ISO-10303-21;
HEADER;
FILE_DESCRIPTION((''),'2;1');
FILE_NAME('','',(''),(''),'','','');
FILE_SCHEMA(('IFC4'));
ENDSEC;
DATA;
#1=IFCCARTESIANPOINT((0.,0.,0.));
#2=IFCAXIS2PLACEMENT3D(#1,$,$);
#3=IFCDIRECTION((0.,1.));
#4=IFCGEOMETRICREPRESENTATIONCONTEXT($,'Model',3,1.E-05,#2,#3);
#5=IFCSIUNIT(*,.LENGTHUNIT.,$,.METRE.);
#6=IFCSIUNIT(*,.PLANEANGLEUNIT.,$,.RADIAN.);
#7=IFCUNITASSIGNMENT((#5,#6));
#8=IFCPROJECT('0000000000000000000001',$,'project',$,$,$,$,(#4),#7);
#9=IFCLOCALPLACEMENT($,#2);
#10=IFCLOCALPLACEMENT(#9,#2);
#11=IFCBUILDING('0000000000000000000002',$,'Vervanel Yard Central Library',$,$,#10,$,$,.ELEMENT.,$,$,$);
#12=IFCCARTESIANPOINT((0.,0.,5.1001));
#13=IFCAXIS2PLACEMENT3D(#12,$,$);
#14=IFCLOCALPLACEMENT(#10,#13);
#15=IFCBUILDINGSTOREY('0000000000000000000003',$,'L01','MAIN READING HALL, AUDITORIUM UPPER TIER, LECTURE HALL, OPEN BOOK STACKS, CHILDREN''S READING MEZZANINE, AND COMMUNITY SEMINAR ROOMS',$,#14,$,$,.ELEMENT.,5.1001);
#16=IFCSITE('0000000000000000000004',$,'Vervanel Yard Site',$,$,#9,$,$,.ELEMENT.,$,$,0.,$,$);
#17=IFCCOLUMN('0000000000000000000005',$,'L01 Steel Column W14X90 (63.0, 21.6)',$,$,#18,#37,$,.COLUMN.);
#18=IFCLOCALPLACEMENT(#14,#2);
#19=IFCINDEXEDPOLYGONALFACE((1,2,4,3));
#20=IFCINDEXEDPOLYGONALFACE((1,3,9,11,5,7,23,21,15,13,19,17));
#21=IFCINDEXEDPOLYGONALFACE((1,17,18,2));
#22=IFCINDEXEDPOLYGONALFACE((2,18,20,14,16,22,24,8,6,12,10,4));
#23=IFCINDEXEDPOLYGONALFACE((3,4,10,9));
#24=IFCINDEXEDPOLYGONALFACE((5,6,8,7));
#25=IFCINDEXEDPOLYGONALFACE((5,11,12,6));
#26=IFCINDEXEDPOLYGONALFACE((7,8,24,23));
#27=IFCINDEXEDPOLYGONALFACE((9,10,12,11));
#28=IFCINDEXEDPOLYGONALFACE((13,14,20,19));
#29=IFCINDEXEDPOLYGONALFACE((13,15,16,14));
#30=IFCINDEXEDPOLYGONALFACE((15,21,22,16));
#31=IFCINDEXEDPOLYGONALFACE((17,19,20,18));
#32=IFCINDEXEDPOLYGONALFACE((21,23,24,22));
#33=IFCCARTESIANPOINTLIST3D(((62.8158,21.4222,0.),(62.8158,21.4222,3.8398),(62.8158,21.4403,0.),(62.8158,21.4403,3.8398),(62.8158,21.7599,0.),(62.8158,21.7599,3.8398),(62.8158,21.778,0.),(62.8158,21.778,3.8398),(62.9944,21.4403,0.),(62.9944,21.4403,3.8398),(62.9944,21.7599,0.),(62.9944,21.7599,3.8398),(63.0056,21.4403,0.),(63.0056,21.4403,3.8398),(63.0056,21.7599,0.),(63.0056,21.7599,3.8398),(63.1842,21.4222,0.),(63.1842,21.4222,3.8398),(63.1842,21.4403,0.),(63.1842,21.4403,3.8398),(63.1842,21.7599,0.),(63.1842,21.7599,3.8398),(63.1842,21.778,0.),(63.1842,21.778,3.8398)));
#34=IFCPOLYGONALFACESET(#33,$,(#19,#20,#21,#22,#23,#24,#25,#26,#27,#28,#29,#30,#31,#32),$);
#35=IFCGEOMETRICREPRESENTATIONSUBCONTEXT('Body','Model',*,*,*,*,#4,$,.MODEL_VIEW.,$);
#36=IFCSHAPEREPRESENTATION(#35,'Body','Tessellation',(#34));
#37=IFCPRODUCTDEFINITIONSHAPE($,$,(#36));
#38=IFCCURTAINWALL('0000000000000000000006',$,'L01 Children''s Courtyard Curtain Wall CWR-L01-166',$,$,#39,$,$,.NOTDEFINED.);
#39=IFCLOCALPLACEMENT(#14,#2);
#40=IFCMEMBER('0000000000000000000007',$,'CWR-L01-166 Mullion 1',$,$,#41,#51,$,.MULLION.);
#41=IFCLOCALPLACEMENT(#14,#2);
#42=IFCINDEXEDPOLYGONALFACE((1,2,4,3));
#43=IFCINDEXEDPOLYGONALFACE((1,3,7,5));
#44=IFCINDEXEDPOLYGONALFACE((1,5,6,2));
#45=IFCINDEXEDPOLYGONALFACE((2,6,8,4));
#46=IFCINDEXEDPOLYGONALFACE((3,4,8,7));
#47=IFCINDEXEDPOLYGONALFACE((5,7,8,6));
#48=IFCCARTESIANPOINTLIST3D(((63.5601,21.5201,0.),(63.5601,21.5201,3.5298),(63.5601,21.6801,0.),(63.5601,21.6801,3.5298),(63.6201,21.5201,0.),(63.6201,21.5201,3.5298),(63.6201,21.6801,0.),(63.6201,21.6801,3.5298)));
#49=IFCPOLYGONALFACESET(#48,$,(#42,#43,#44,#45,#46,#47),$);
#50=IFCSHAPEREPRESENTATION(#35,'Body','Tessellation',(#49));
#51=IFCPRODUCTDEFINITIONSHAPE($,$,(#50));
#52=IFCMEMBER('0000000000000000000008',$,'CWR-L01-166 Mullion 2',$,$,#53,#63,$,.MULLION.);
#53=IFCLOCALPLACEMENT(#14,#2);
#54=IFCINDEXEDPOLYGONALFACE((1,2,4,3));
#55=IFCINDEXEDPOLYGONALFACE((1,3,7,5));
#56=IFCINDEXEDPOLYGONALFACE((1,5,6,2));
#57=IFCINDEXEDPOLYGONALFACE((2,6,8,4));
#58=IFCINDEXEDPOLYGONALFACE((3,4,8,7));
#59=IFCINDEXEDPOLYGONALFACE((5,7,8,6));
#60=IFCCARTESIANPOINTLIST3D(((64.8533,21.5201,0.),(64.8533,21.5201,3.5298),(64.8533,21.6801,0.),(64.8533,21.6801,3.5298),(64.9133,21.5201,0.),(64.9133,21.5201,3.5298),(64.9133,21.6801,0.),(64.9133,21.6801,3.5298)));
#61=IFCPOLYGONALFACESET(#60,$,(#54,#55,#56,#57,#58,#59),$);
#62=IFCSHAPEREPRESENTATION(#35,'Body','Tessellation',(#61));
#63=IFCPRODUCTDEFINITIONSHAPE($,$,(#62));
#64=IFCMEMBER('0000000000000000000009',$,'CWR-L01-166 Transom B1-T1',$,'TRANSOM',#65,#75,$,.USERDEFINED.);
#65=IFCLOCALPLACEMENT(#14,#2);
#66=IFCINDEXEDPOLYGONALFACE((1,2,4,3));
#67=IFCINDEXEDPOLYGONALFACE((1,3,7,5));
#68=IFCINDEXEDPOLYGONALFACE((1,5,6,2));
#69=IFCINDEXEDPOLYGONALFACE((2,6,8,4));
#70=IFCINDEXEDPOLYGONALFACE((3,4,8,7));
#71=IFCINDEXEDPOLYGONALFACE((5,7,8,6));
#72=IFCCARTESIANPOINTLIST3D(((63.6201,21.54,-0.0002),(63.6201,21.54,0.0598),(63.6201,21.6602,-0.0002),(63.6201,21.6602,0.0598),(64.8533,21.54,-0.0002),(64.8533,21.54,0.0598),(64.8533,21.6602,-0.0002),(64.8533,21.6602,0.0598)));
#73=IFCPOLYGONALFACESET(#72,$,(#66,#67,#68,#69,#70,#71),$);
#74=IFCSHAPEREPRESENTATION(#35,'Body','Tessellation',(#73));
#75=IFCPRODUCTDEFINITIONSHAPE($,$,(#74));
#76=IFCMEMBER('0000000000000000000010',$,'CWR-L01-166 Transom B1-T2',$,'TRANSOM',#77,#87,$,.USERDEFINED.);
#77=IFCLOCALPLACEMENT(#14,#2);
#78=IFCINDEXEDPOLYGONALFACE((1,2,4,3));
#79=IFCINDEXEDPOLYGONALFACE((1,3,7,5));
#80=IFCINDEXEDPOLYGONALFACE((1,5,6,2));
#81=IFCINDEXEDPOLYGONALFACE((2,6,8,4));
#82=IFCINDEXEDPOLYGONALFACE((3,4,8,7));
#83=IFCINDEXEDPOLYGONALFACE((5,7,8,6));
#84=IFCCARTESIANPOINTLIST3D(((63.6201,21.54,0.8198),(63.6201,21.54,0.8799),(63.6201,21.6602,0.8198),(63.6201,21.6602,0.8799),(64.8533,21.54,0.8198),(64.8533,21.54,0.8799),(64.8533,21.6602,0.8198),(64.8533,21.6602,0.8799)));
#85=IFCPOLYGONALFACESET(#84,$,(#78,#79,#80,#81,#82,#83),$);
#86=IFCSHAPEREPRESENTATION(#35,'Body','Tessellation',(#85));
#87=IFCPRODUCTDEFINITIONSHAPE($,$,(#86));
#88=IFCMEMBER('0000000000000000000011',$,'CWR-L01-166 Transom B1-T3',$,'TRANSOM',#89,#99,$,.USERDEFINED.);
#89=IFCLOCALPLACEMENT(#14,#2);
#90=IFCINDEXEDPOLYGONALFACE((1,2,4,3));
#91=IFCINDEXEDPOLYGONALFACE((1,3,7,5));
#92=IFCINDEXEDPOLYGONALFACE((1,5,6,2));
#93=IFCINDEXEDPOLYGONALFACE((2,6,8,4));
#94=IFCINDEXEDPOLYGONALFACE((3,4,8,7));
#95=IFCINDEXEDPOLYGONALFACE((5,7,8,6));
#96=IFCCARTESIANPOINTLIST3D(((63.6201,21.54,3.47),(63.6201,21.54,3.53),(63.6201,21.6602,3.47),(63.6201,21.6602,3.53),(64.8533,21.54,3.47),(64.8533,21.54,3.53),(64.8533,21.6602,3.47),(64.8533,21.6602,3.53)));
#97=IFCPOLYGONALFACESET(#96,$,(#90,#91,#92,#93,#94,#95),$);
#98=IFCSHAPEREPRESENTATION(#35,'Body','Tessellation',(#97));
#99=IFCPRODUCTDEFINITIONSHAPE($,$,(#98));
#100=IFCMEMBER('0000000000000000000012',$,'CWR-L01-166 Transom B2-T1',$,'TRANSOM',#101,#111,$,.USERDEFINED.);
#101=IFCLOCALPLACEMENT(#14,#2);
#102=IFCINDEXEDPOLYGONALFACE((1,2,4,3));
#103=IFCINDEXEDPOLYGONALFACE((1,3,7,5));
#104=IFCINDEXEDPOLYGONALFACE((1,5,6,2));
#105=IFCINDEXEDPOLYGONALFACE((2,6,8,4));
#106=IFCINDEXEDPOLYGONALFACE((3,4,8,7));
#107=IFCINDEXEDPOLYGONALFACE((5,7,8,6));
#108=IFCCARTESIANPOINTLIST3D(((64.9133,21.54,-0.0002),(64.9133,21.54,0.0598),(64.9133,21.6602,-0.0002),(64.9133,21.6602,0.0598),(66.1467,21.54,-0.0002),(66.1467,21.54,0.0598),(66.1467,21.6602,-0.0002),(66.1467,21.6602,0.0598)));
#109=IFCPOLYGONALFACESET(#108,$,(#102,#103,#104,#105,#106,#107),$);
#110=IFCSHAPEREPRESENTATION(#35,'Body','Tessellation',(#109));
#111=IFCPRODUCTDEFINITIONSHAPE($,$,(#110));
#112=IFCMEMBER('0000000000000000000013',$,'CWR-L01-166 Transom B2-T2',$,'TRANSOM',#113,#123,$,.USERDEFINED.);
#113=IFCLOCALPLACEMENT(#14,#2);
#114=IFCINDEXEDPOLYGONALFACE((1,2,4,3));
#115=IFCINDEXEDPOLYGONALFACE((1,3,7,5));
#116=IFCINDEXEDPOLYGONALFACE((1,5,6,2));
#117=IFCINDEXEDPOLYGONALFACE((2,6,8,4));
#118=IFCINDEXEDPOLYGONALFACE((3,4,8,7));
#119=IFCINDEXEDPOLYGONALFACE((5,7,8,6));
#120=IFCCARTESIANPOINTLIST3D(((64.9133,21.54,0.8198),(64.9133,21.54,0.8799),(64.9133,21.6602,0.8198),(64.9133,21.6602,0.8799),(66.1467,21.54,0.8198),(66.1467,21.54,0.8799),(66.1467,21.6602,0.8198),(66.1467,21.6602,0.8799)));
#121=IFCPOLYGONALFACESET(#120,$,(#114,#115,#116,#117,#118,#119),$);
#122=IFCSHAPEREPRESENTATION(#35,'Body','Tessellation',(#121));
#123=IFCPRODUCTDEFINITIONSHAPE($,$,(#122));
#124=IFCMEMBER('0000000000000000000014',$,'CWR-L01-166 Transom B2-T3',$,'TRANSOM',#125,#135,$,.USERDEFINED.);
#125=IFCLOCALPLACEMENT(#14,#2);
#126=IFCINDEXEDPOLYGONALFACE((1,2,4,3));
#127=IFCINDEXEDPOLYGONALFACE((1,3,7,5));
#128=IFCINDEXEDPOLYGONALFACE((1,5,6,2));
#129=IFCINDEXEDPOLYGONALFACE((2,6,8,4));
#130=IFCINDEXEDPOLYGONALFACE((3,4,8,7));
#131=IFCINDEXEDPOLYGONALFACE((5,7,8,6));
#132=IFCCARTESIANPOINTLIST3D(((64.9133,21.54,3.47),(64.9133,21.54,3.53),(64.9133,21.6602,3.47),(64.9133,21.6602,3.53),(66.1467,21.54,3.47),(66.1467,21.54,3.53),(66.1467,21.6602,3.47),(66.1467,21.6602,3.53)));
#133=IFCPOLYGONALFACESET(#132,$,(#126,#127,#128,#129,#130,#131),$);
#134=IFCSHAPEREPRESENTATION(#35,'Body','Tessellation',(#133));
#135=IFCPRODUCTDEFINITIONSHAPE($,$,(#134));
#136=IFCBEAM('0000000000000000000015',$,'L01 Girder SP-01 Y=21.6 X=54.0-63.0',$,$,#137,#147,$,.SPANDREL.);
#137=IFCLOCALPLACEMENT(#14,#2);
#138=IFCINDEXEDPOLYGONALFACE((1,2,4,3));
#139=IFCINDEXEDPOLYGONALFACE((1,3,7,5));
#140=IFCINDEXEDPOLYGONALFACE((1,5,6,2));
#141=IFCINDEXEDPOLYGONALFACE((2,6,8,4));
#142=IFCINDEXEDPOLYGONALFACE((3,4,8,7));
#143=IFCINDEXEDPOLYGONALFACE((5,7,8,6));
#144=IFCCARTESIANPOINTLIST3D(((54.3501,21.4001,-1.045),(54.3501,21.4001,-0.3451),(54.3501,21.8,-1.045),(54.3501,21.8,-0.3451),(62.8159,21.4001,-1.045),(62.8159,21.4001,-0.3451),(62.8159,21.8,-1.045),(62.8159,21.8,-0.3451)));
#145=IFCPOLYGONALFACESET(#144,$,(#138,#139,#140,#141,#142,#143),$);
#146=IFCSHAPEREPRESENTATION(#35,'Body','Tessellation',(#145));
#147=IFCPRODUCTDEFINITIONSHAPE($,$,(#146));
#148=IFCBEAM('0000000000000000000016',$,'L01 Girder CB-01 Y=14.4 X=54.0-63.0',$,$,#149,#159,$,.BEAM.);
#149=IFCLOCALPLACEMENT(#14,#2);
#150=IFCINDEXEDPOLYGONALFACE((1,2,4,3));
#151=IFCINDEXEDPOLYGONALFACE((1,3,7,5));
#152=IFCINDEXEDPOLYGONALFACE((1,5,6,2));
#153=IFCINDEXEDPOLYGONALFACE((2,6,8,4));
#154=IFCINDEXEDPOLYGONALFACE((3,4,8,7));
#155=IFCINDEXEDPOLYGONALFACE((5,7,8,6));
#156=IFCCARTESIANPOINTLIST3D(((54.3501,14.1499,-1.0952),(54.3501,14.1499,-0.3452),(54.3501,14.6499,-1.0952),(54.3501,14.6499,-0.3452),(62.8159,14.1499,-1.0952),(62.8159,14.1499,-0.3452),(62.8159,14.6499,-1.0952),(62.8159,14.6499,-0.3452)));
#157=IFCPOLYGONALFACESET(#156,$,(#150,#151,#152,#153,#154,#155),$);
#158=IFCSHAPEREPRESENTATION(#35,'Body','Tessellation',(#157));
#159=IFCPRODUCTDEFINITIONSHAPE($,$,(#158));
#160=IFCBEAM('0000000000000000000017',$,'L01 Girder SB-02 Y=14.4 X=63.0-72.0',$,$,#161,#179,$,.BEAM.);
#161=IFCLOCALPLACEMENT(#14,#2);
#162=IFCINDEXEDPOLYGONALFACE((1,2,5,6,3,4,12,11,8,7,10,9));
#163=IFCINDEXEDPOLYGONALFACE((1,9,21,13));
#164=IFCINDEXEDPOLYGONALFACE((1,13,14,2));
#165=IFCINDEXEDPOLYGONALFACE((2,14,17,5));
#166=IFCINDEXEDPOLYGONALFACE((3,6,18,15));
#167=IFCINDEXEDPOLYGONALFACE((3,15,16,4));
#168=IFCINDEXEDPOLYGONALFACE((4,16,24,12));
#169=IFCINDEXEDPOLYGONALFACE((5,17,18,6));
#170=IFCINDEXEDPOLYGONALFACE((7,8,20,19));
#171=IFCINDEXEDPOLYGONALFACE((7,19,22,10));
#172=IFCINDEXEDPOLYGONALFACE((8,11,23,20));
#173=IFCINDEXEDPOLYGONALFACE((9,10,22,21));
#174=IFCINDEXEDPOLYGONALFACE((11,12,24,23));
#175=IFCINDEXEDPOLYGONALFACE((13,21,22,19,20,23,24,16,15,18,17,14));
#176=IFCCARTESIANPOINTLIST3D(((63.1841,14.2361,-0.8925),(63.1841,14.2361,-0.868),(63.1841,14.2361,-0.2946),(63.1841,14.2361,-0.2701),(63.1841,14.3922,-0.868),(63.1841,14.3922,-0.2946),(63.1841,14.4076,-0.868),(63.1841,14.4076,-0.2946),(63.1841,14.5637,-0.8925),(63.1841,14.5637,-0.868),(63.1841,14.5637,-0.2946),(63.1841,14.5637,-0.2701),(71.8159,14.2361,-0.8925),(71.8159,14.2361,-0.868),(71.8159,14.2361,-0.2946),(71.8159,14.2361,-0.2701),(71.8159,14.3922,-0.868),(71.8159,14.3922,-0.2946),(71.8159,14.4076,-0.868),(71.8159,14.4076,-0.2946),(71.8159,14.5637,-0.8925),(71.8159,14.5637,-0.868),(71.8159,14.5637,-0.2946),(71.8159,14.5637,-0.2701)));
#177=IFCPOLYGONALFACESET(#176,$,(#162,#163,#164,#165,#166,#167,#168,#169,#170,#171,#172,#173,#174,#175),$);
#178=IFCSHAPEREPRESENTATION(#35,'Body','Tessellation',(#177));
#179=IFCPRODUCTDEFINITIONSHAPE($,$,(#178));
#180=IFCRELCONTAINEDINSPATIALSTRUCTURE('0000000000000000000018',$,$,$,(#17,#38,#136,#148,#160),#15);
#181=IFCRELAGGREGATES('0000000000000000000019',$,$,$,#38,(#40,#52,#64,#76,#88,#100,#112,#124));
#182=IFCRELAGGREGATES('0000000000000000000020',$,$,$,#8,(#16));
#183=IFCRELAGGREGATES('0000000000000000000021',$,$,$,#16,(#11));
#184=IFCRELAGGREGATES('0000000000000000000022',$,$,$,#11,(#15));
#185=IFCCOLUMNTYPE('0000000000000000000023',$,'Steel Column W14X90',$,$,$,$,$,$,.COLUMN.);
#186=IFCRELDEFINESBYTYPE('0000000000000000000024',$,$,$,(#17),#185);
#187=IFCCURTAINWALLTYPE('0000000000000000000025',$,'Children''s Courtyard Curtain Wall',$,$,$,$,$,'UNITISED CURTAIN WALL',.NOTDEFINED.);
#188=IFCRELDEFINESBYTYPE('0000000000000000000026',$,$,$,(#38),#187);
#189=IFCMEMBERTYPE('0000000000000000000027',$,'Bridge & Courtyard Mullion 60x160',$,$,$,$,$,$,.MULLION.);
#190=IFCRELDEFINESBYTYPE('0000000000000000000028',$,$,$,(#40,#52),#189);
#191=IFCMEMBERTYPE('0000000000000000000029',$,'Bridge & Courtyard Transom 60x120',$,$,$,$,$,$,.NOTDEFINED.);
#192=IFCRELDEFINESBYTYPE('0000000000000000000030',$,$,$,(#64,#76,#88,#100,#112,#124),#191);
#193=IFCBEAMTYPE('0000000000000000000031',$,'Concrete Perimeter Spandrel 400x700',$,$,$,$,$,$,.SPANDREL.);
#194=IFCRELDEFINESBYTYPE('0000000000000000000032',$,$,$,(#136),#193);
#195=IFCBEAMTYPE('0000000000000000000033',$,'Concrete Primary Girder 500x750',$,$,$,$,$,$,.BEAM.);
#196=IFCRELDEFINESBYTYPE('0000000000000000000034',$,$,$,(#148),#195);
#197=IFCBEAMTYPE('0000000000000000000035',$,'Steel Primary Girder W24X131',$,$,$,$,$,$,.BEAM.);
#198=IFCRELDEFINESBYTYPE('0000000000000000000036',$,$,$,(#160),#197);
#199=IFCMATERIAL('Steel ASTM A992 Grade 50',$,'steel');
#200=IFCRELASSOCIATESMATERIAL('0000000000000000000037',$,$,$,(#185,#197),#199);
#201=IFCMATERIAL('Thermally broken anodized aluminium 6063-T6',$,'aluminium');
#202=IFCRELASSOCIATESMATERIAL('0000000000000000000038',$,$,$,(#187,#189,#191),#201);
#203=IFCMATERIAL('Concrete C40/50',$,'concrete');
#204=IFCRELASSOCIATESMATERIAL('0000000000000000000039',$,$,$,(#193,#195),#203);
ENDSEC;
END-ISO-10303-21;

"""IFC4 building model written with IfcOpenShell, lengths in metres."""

from ifc_helpers import new_model, si_unit, direction, frame, origin, origin_2d, place, context, subcontext, project, spatial, rectangle, i_section, extrude, material, material_profile, profile_set, type_object, element, aggregate, save


model = new_model("IFC4")

# Units and contexts
model_context = context("Model", 3, precision=1e-05, world=origin(), true_north=direction((0.0, 1.0)))
body_context = subcontext(model_context, "Body", "Model", "MODEL_VIEW")
ifc_project = project(units=[si_unit("LENGTHUNIT", "METRE"), si_unit("PLANEANGLEUNIT", "RADIAN")], contexts=[model_context])

# Site, building, storey
site_placement = place(None, origin())
site = spatial("IfcSite", under=ifc_project, at=site_placement, Name="Vervanel Yard Site", CompositionType="ELEMENT", RefElevation=0.0)
building_placement = place(site_placement, origin())
building = spatial("IfcBuilding", under=site, at=building_placement, Name="Vervanel Yard Central Library", CompositionType="ELEMENT")
storey_placement = place(building_placement, frame((0.0, 0.0, 5.1001)))
storey = spatial("IfcBuildingStorey", under=building, at=storey_placement, Name="L01", Description="MAIN READING HALL, AUDITORIUM UPPER TIER, LECTURE HALL, OPEN BOOK STACKS, CHILDREN'S READING MEZZANINE, AND COMMUNITY SEMINAR ROOMS", CompositionType="ELEMENT", Elevation=5.1001)

# Column
ifc_material_1 = material(Name="Steel ASTM A992 Grade 50", Category="steel")
ifc_material_profile_1 = material_profile(ifc_material_1, i_section(OverallWidth=0.3684, OverallDepth=0.3557, WebThickness=0.0112, FlangeThickness=0.0181, at=origin_2d()), Name="W14X90", Category="steel")
ifc_profile_set_1 = profile_set([ifc_material_profile_1], Name="Steel ASTM A992 Grade 50")
column_type = type_object("IfcColumnType", Name="Steel Column W14X90", PredefinedType="COLUMN", material=ifc_profile_set_1)
column_placement = place(storey_placement, frame((63.0, 21.6001, 0.0), z_axis=(0.0, 0.0, 1.0), x_axis=(1.0, 0.0, 0.0)))
element("IfcColumn", 1, at=column_placement, inside=storey, type_object=column_type, Name="L01 Steel Column W14X90 (63.0, 21.6)", PredefinedType="COLUMN", context=body_context, shape_type="SweptSolid", body=[
    extrude(i_section(OverallWidth=0.3684, OverallDepth=0.3557, WebThickness=0.0112, FlangeThickness=0.0181, at=origin_2d()), origin(), (0.0, 0.0, 1.0), 3.8398),
])

# Curtain wall, members
ifc_material_2 = material(Name="Thermally broken anodized aluminium 6063-T6", Category="aluminium")
curtain_wall_type = type_object("IfcCurtainWallType", Name="Children's Courtyard Curtain Wall", ElementType="UNITISED CURTAIN WALL", PredefinedType="NOTDEFINED", material=ifc_material_2)
curtain_wall_placement = place(storey_placement, origin())
curtain_wall = element("IfcCurtainWall", 2, at=curtain_wall_placement, inside=storey, type_object=curtain_wall_type, Name="L01 Children's Courtyard Curtain Wall CWR-L01-166", PredefinedType="NOTDEFINED")
ifc_material_profile_2 = material_profile(ifc_material_2, rectangle(XDim=0.0601, YDim=0.1599, at=origin_2d()), Name="ALU 60x160", Category="aluminium")
ifc_profile_set_2 = profile_set([ifc_material_profile_2], Name="Thermally broken anodized aluminium 6063-T6")
member_type_1 = type_object("IfcMemberType", Name="Bridge & Courtyard Mullion 60x160", PredefinedType="MULLION", material=ifc_profile_set_2)
member_1_placement = place(storey_placement, frame((63.5901, 21.6001, 0.0), z_axis=(0.0, 0.0, 1.0), x_axis=(1.0, 0.0, 0.0)))
member_1 = element("IfcMember", 3, at=member_1_placement, type_object=member_type_1, Name="CWR-L01-166 Mullion 1", PredefinedType="MULLION", context=body_context, shape_type="SweptSolid", body=[
    extrude(rectangle(XDim=0.0601, YDim=0.1599, at=origin_2d()), origin(), (0.0, 0.0, 1.0), 3.5298),
])
member_2_placement = place(storey_placement, frame((64.8833, 21.6001, 0.0), z_axis=(0.0, 0.0, 1.0), x_axis=(1.0, 0.0, 0.0)))
member_2 = element("IfcMember", 4, at=member_2_placement, type_object=member_type_1, Name="CWR-L01-166 Mullion 2", PredefinedType="MULLION", context=body_context, shape_type="SweptSolid", body=[
    extrude(rectangle(XDim=0.0601, YDim=0.1599, at=origin_2d()), origin(), (0.0, 0.0, 1.0), 3.5298),
])
ifc_material_profile_3 = material_profile(ifc_material_2, rectangle(XDim=0.0601, YDim=0.1201, at=origin_2d()), Name="ALU 60x120", Category="aluminium")
ifc_profile_set_3 = profile_set([ifc_material_profile_3], Name="Thermally broken anodized aluminium 6063-T6")
member_type_2 = type_object("IfcMemberType", Name="Bridge & Courtyard Transom 60x120", PredefinedType="NOTDEFINED", material=ifc_profile_set_3)
member_3_placement = place(storey_placement, frame((63.6201, 21.6001, 0.0298), z_axis=(1.0, 0.0, 0.0), x_axis=(0.0, 0.0, 1.0)))
member_3 = element("IfcMember", 5, at=member_3_placement, type_object=member_type_2, Name="CWR-L01-166 Transom B1-T1", ObjectType="TRANSOM", PredefinedType="USERDEFINED", context=body_context, shape_type="SweptSolid", body=[
    extrude(rectangle(XDim=0.0601, YDim=0.1201, at=origin_2d()), origin(), (0.0, 0.0, 1.0), 1.2332),
])
member_4_placement = place(storey_placement, frame((63.6201, 21.6001, 0.8499), z_axis=(1.0, 0.0, 0.0), x_axis=(0.0, 0.0, 1.0)))
member_4 = element("IfcMember", 6, at=member_4_placement, type_object=member_type_2, Name="CWR-L01-166 Transom B1-T2", ObjectType="TRANSOM", PredefinedType="USERDEFINED", context=body_context, shape_type="SweptSolid", body=[
    extrude(rectangle(XDim=0.0601, YDim=0.1201, at=origin_2d()), origin(), (0.0, 0.0, 1.0), 1.2332),
])
member_5_placement = place(storey_placement, frame((63.6201, 21.6001, 3.5), z_axis=(1.0, 0.0, 0.0), x_axis=(0.0, 0.0, 1.0)))
member_5 = element("IfcMember", 7, at=member_5_placement, type_object=member_type_2, Name="CWR-L01-166 Transom B1-T3", ObjectType="TRANSOM", PredefinedType="USERDEFINED", context=body_context, shape_type="SweptSolid", body=[
    extrude(rectangle(XDim=0.0601, YDim=0.1201, at=origin_2d()), origin(), (0.0, 0.0, 1.0), 1.2332),
])
member_6_placement = place(storey_placement, frame((64.9133, 21.6001, 0.0298), z_axis=(1.0, 0.0, 0.0), x_axis=(0.0, 0.0, 1.0)))
member_6 = element("IfcMember", 8, at=member_6_placement, type_object=member_type_2, Name="CWR-L01-166 Transom B2-T1", ObjectType="TRANSOM", PredefinedType="USERDEFINED", context=body_context, shape_type="SweptSolid", body=[
    extrude(rectangle(XDim=0.0601, YDim=0.1201, at=origin_2d()), origin(), (0.0, 0.0, 1.0), 1.2334),
])
member_7_placement = place(storey_placement, frame((64.9133, 21.6001, 0.8499), z_axis=(1.0, 0.0, 0.0), x_axis=(0.0, 0.0, 1.0)))
member_7 = element("IfcMember", 9, at=member_7_placement, type_object=member_type_2, Name="CWR-L01-166 Transom B2-T2", ObjectType="TRANSOM", PredefinedType="USERDEFINED", context=body_context, shape_type="SweptSolid", body=[
    extrude(rectangle(XDim=0.0601, YDim=0.1201, at=origin_2d()), origin(), (0.0, 0.0, 1.0), 1.2334),
])
member_8_placement = place(storey_placement, frame((64.9133, 21.6001, 3.5), z_axis=(1.0, 0.0, 0.0), x_axis=(0.0, 0.0, 1.0)))
member_8 = element("IfcMember", 10, at=member_8_placement, type_object=member_type_2, Name="CWR-L01-166 Transom B2-T3", ObjectType="TRANSOM", PredefinedType="USERDEFINED", context=body_context, shape_type="SweptSolid", body=[
    extrude(rectangle(XDim=0.0601, YDim=0.1201, at=origin_2d()), origin(), (0.0, 0.0, 1.0), 1.2334),
])

# Beams
ifc_material_3 = material(Name="Concrete C40/50", Category="concrete")
ifc_material_profile_4 = material_profile(ifc_material_3, rectangle(XDim=0.3999, YDim=0.7, at=origin_2d()), Name="RC 400x700", Category="concrete")
ifc_profile_set_4 = profile_set([ifc_material_profile_4], Name="Concrete C40/50")
beam_type_1 = type_object("IfcBeamType", Name="Concrete Perimeter Spandrel 400x700", PredefinedType="SPANDREL", material=ifc_profile_set_4)
beam_1_placement = place(storey_placement, frame((54.3501, 21.6001, -0.6951), z_axis=(1.0, 0.0, 0.0), x_axis=(0.0, 1.0, 0.0)))
element("IfcBeam", 11, at=beam_1_placement, inside=storey, type_object=beam_type_1, Name="L01 Girder SP-01 Y=21.6 X=54.0-63.0", PredefinedType="SPANDREL", context=body_context, shape_type="SweptSolid", body=[
    extrude(rectangle(XDim=0.3999, YDim=0.7, at=origin_2d()), origin(), (0.0, 0.0, 1.0), 8.4658),
])
ifc_material_profile_5 = material_profile(ifc_material_3, rectangle(XDim=0.5, YDim=0.75, at=origin_2d()), Name="RC 500x750", Category="concrete")
ifc_profile_set_5 = profile_set([ifc_material_profile_5], Name="Concrete C40/50")
beam_type_2 = type_object("IfcBeamType", Name="Concrete Primary Girder 500x750", PredefinedType="BEAM", material=ifc_profile_set_5)
beam_2_placement = place(storey_placement, frame((54.3501, 14.3999, -0.7202), z_axis=(1.0, 0.0, 0.0), x_axis=(0.0, 1.0, 0.0)))
element("IfcBeam", 12, at=beam_2_placement, inside=storey, type_object=beam_type_2, Name="L01 Girder CB-01 Y=14.4 X=54.0-63.0", PredefinedType="BEAM", context=body_context, shape_type="SweptSolid", body=[
    extrude(rectangle(XDim=0.5, YDim=0.75, at=origin_2d()), origin(), (0.0, 0.0, 1.0), 8.4658),
])
ifc_material_profile_6 = material_profile(ifc_material_1, i_section(OverallWidth=0.3276, OverallDepth=0.6223, WebThickness=0.0154, FlangeThickness=0.0244, at=origin_2d()), Name="W24X131", Category="steel")
ifc_profile_set_6 = profile_set([ifc_material_profile_6], Name="Steel ASTM A992 Grade 50")
beam_type_3 = type_object("IfcBeamType", Name="Steel Primary Girder W24X131", PredefinedType="BEAM", material=ifc_profile_set_6)
for number, where, z_axis, x_axis, name in (
    (13, (63.1841, 14.3999, -0.5813), (1.0, 0.0, 0.0), (0.0, 1.0, 0.0), "L01 Girder SB-02 Y=14.4 X=63.0-72.0"),
):
    element("IfcBeam", number, at=place(storey_placement, frame(where, z_axis=z_axis, x_axis=x_axis)), inside=storey, type_object=beam_type_3, Name=name, PredefinedType="BEAM", context=body_context, shape_type="SweptSolid", body=[
        extrude(i_section(OverallWidth=0.3276, OverallDepth=0.6223, WebThickness=0.0154, FlangeThickness=0.0244, at=origin_2d()), origin(), (0.0, 0.0, 1.0), 8.6318),
    ])

aggregate(curtain_wall, [member_1, member_2, member_3, member_4, member_5, member_6, member_7, member_8])

save(model, "model.ifc")
